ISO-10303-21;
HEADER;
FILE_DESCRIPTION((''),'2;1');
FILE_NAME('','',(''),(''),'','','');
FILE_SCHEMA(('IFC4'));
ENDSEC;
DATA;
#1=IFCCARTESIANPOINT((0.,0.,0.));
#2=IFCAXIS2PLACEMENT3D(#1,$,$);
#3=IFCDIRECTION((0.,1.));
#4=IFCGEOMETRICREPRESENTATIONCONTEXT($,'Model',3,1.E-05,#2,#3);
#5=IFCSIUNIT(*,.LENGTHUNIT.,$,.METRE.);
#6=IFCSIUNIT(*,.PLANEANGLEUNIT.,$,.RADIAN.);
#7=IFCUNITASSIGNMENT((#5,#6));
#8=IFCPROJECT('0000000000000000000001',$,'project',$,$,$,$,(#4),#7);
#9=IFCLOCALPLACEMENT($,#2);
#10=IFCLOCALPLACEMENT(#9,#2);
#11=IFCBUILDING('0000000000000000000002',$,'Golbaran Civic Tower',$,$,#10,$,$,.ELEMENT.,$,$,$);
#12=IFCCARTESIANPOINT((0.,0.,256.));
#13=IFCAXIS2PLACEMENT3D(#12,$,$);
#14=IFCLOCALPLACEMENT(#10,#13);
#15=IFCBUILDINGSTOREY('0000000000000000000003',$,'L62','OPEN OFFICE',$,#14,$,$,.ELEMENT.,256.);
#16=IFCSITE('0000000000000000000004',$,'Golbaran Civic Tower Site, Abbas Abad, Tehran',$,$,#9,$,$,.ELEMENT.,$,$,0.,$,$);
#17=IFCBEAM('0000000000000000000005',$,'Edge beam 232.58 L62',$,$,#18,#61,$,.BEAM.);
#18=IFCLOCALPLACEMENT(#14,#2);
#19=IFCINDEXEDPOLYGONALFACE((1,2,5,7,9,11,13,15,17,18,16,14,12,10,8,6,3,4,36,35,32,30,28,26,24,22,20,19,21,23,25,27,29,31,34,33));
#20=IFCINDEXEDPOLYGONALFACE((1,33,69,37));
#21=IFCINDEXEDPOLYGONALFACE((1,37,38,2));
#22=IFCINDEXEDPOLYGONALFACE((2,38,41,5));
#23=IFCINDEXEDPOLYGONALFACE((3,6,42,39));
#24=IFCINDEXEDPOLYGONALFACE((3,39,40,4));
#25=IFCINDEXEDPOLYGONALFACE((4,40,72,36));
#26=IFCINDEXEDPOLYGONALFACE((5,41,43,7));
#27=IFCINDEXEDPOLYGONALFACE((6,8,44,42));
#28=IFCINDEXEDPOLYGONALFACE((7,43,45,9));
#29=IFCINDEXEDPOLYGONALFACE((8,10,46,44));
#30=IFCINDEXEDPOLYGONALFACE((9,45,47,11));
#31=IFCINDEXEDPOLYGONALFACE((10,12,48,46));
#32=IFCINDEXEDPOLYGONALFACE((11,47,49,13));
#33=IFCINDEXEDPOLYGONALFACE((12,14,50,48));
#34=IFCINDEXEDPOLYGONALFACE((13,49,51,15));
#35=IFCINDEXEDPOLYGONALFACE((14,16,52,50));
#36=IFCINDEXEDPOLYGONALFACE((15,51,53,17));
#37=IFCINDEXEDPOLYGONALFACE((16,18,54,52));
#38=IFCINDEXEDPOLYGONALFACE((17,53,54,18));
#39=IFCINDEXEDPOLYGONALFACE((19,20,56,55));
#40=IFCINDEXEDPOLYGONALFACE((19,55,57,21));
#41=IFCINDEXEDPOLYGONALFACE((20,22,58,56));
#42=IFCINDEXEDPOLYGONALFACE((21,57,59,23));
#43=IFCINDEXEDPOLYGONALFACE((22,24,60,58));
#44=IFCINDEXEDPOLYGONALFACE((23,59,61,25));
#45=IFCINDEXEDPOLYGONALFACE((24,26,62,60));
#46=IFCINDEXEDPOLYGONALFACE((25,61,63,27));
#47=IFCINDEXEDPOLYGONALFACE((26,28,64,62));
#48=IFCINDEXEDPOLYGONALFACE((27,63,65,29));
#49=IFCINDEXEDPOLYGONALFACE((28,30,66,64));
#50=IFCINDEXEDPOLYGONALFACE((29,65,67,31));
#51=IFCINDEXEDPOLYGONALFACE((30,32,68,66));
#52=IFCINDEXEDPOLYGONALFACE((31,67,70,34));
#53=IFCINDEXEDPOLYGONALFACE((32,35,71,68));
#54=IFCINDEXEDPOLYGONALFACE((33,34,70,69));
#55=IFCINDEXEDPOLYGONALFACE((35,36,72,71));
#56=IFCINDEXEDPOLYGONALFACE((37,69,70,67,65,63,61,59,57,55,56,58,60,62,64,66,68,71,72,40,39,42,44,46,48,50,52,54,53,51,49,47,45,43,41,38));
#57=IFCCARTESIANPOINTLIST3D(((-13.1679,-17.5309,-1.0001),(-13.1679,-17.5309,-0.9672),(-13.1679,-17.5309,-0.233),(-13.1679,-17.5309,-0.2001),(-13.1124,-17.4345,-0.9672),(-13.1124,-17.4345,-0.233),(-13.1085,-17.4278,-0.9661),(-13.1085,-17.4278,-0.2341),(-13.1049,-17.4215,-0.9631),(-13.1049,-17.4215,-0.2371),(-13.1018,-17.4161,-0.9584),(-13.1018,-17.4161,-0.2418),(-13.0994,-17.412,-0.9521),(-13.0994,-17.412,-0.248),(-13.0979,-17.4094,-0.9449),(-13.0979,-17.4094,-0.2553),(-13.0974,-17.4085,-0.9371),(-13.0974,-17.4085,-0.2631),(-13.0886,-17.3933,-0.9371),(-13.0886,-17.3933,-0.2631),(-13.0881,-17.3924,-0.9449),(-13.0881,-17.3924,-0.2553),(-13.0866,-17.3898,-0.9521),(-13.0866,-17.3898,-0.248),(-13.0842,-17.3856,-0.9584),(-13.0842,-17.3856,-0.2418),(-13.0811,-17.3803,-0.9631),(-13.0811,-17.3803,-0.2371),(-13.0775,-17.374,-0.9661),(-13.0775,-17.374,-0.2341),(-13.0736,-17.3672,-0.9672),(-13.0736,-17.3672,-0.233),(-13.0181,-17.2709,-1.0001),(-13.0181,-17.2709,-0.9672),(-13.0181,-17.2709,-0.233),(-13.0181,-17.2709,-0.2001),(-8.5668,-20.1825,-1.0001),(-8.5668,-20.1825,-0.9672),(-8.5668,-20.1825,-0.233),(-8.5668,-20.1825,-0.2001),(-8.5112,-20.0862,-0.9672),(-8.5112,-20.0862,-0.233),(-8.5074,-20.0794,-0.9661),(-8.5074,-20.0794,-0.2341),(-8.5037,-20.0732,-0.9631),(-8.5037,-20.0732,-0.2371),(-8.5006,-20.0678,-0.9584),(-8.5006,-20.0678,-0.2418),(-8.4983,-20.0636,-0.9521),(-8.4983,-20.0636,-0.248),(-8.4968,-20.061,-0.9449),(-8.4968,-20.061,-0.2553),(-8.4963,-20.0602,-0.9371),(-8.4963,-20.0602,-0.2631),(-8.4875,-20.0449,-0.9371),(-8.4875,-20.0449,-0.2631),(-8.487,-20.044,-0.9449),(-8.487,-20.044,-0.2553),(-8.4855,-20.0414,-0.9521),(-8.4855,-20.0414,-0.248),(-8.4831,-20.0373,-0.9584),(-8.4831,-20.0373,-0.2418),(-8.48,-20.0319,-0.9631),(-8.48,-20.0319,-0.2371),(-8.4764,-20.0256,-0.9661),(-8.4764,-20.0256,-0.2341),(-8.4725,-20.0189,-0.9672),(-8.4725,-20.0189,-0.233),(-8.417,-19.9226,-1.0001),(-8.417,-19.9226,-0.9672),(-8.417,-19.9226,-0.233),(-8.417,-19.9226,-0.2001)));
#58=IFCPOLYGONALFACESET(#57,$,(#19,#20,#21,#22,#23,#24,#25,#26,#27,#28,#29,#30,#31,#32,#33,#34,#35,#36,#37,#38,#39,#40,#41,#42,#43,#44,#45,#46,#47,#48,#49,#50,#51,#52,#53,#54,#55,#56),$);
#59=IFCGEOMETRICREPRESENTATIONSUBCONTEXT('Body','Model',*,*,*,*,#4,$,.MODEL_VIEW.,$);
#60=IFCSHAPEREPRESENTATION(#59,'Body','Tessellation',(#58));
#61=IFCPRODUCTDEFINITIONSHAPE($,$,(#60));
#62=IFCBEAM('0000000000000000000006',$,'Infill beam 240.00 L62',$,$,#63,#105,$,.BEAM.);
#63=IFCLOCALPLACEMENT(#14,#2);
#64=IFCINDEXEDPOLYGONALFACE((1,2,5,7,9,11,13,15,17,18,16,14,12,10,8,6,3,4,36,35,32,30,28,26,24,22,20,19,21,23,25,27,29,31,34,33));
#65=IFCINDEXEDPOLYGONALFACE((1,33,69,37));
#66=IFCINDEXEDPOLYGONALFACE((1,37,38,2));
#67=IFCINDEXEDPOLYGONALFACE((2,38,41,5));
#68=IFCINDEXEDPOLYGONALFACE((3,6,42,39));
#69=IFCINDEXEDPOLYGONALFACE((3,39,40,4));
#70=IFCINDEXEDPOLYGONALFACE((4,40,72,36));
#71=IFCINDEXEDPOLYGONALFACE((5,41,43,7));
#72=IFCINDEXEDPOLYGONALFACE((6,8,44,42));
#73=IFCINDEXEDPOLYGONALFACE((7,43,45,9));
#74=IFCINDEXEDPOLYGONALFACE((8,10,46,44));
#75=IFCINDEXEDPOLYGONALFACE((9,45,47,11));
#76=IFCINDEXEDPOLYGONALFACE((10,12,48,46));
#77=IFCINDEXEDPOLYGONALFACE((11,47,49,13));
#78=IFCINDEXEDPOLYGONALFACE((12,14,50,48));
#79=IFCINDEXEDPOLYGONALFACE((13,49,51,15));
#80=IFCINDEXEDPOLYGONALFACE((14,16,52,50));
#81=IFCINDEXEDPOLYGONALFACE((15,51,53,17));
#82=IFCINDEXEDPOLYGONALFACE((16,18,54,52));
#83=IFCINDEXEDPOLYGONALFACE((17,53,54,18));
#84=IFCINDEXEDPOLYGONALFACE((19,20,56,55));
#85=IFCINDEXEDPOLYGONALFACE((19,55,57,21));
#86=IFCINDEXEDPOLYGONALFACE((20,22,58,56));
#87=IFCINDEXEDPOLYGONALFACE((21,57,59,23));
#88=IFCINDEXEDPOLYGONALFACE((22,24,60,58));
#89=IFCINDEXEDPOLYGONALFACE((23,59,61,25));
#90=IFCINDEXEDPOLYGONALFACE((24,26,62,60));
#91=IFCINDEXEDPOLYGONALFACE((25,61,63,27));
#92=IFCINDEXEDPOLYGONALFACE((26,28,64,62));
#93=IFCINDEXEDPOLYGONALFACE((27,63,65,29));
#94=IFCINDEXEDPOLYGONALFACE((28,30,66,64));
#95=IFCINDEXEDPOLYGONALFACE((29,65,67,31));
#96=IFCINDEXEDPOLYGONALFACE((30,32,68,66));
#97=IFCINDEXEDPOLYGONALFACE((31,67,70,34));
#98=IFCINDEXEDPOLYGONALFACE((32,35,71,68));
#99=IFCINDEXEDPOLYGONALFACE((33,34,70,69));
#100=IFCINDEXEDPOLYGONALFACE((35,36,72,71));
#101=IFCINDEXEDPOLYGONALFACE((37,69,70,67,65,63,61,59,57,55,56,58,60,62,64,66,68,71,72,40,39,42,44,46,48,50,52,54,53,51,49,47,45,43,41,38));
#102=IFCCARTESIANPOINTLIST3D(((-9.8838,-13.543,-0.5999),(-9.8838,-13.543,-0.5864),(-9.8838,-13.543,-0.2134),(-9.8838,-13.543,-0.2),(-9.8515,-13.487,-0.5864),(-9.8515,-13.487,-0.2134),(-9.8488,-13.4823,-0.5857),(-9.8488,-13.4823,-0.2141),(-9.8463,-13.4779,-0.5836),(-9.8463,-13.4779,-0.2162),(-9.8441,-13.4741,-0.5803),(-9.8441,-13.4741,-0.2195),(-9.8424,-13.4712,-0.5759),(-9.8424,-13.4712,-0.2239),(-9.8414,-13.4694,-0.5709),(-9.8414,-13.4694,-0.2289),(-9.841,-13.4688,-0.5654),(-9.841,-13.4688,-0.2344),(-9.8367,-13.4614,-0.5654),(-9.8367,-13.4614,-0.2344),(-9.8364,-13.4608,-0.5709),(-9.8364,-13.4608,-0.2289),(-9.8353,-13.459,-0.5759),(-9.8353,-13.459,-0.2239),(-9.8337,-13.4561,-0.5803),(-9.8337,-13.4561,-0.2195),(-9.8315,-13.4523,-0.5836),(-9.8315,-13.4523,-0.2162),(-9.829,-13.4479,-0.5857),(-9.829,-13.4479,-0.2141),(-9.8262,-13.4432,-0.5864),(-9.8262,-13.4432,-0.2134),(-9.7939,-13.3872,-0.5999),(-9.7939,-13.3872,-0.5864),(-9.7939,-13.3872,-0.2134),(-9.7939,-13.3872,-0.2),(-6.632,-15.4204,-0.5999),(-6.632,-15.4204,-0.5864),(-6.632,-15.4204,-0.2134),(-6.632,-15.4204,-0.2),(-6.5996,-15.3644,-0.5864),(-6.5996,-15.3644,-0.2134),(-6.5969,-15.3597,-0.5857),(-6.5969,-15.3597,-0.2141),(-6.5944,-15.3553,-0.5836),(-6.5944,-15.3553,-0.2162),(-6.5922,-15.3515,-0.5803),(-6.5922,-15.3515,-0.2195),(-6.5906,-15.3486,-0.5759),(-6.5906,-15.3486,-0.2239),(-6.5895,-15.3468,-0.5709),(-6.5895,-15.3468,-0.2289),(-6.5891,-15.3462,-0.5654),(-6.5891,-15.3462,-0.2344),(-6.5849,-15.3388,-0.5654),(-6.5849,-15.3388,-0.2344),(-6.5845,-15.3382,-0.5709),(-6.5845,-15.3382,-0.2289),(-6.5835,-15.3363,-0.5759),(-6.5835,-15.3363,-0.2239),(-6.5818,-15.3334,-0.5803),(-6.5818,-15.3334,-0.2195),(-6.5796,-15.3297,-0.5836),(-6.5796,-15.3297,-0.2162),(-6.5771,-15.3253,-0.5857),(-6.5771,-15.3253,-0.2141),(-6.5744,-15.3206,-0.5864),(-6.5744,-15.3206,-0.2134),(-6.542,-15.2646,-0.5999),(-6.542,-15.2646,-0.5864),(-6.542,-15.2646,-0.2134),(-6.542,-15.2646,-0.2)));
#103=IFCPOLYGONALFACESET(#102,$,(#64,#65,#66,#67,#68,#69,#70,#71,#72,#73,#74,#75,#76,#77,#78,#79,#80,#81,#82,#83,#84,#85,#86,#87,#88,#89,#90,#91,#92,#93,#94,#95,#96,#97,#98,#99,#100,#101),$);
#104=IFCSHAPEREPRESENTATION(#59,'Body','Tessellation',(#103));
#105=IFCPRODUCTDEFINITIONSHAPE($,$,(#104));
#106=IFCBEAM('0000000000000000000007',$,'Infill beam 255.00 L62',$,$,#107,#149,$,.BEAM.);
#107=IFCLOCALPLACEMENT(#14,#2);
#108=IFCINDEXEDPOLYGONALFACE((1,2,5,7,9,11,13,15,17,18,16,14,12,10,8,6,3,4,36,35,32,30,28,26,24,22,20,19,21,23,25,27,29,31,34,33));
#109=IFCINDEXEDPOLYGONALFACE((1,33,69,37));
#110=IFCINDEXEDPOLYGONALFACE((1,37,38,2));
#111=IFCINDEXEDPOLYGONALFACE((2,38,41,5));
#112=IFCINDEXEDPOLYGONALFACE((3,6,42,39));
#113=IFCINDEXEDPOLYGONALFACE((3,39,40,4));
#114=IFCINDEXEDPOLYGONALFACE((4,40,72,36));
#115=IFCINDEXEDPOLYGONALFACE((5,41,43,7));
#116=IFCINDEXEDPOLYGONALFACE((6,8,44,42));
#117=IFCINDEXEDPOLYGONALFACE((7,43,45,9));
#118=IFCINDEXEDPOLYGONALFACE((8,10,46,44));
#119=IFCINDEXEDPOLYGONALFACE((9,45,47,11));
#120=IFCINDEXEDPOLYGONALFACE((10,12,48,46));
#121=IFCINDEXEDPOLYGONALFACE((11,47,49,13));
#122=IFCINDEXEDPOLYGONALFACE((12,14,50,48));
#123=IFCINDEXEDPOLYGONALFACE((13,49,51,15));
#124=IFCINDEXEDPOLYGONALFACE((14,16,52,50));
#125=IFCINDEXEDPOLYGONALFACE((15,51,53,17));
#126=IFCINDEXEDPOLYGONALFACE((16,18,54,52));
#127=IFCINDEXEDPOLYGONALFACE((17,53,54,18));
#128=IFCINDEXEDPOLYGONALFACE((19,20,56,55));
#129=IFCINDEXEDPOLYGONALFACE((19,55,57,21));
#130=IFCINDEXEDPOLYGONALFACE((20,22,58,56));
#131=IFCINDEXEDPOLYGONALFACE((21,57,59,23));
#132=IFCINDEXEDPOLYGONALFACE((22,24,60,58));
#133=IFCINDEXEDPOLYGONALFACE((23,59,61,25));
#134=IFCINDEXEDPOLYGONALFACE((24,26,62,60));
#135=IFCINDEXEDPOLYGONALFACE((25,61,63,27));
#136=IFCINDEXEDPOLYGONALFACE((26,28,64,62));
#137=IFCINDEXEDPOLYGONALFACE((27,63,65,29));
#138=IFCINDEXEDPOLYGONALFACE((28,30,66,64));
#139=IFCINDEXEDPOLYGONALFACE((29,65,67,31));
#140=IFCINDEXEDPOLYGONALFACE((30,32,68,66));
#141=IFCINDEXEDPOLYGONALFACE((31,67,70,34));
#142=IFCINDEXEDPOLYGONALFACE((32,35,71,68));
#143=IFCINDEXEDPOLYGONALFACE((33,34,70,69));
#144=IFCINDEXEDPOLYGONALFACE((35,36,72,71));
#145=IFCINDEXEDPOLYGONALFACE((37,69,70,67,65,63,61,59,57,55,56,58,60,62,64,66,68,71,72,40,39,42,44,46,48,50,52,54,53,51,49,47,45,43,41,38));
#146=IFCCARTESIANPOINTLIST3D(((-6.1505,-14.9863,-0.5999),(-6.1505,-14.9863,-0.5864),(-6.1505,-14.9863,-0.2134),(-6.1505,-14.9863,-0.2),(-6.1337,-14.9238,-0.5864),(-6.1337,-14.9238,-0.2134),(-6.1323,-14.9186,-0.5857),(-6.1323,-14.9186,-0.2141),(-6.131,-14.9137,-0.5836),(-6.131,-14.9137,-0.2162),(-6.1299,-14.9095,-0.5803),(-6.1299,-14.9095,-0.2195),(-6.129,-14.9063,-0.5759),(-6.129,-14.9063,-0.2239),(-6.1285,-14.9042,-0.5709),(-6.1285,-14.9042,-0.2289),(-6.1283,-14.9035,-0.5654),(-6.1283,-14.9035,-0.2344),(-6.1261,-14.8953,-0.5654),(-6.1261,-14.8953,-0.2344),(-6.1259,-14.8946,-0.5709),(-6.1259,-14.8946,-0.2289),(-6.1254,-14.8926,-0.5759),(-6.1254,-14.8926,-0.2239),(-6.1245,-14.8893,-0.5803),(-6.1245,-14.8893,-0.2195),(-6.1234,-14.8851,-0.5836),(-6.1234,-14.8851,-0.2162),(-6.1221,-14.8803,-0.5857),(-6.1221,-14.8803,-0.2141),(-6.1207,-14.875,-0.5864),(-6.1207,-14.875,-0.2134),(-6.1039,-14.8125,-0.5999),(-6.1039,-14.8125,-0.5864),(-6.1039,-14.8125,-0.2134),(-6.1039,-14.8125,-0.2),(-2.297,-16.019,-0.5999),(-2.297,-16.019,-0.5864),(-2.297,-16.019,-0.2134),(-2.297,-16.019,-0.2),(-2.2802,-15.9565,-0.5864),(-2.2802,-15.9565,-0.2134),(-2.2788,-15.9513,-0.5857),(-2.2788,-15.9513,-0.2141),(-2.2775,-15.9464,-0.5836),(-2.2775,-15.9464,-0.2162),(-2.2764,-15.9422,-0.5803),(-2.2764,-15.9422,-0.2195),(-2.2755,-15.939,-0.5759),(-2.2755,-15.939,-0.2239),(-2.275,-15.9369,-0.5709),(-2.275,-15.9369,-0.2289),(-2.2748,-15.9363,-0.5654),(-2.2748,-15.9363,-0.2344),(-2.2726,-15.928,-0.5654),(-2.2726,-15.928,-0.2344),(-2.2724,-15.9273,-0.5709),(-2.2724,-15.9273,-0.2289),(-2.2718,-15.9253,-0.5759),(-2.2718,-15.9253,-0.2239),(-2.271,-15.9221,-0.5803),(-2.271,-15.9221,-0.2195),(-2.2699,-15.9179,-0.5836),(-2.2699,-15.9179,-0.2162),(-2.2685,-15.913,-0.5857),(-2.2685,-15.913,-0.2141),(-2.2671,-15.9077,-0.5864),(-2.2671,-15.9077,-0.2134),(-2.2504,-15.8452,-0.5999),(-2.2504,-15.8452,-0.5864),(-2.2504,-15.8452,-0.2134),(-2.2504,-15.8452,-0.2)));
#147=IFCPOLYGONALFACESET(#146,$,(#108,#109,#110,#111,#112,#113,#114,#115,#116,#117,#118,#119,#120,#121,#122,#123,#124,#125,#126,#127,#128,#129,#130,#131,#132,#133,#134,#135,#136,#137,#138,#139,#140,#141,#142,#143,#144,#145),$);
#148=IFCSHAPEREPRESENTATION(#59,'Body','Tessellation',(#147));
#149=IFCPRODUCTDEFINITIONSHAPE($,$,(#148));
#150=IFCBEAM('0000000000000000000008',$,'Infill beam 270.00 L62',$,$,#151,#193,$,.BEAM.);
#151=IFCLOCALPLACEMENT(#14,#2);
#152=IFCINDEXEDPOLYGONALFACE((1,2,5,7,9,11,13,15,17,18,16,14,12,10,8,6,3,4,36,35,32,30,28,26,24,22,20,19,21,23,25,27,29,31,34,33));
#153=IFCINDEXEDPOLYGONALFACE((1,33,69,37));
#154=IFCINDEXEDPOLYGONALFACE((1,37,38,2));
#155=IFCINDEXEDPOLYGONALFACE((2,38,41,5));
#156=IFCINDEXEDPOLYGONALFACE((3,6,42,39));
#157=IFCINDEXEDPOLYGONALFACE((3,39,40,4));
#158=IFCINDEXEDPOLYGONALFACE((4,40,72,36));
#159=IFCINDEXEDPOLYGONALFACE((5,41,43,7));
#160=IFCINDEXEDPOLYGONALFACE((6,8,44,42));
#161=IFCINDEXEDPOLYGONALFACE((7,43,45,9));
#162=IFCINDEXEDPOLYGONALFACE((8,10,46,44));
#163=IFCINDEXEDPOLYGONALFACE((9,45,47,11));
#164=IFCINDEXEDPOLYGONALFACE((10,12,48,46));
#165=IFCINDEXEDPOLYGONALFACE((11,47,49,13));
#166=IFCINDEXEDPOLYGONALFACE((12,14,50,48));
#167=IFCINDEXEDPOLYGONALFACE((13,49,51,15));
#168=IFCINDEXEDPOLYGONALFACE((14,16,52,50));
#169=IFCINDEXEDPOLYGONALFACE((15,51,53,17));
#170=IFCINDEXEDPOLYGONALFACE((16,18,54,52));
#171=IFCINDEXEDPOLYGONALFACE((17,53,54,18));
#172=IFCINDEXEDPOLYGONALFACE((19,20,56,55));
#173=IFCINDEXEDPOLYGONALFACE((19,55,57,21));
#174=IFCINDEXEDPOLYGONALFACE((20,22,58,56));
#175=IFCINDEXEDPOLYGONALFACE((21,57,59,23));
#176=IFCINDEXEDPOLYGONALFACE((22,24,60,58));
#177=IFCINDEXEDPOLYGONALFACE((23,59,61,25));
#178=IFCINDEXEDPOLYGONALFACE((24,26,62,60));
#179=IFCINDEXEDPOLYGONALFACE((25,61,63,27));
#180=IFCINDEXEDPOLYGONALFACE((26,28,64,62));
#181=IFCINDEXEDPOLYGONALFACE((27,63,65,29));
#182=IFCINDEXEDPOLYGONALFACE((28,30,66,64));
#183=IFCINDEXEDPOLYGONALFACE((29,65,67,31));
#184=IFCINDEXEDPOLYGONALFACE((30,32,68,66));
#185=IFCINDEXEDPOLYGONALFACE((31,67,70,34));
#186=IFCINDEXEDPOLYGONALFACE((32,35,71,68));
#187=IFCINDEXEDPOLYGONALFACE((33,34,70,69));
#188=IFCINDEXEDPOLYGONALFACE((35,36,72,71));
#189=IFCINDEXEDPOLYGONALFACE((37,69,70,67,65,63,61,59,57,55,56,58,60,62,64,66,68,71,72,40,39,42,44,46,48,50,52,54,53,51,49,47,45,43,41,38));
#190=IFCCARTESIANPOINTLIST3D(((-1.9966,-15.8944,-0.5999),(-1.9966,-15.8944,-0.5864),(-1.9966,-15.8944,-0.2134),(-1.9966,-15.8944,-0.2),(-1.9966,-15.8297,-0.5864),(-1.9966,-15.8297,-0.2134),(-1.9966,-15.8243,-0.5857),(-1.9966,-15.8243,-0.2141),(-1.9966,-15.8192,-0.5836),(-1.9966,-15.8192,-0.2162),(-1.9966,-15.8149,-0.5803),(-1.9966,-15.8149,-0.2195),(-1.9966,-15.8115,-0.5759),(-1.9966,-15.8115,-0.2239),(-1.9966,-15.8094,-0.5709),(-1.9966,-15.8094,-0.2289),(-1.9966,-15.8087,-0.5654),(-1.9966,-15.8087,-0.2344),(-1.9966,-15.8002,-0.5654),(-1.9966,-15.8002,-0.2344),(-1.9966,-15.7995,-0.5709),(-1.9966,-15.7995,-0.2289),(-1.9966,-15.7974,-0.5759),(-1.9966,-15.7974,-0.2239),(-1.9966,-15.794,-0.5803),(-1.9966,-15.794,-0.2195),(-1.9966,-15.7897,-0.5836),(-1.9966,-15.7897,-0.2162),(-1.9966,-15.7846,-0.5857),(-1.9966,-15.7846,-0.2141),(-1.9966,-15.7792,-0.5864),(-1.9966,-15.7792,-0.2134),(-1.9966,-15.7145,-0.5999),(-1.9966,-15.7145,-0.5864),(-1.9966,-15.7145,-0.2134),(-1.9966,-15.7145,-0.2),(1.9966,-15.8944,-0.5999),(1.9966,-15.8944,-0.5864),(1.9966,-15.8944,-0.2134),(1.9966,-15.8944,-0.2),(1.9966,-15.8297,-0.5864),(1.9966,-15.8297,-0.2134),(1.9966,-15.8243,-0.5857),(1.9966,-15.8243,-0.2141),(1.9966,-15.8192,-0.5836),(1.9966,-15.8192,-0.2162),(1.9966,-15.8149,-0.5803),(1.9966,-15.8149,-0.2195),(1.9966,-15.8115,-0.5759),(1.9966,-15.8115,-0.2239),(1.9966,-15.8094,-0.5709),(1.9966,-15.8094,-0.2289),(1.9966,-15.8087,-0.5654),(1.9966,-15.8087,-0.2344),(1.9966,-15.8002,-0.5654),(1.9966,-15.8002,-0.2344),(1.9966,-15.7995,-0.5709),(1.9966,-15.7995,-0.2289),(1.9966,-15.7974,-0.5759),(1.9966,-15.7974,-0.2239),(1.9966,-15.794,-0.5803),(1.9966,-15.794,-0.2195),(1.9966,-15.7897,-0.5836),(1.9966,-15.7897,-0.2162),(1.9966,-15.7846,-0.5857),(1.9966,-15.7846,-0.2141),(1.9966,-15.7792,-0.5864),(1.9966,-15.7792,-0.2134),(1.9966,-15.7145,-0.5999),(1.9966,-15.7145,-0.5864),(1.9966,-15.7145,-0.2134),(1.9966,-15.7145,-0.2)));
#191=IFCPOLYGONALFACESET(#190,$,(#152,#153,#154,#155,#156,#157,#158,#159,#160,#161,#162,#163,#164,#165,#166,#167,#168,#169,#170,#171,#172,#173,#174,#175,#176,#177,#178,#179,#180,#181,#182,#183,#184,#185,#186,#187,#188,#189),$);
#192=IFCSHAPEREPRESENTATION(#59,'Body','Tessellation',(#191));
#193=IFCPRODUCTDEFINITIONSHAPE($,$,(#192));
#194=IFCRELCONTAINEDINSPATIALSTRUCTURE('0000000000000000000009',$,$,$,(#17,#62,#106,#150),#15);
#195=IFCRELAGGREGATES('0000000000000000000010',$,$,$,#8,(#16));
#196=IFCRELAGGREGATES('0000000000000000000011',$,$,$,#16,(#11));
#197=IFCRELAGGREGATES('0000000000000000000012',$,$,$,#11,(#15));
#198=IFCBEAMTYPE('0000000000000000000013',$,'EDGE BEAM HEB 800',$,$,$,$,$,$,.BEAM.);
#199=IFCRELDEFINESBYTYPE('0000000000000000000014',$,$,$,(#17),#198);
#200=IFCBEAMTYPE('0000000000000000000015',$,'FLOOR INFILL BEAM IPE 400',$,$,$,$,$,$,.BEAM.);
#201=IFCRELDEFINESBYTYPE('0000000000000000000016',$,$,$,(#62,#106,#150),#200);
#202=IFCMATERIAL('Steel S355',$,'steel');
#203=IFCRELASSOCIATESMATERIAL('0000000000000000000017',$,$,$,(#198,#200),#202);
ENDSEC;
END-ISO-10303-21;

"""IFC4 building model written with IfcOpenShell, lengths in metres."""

from ifc_helpers import new_model, si_unit, direction, frame, origin, origin_2d, place, context, subcontext, project, spatial, i_section, extrude, material, material_profile, profile_set, type_object, element, save


model = new_model("IFC4")

# Units and contexts
model_context = context("Model", 3, precision=1e-05, world=origin(), true_north=direction((0.0, 1.0)))
body_context = subcontext(model_context, "Body", "Model", "MODEL_VIEW")
ifc_project = project(units=[si_unit("LENGTHUNIT", "METRE"), si_unit("PLANEANGLEUNIT", "RADIAN")], contexts=[model_context])

# Site, building, storey
site_placement = place(None, origin())
site = spatial("IfcSite", under=ifc_project, at=site_placement, Name="Golbaran Civic Tower Site, Abbas Abad, Tehran", CompositionType="ELEMENT", RefElevation=0.0)
building_placement = place(site_placement, origin())
building = spatial("IfcBuilding", under=site, at=building_placement, Name="Golbaran Civic Tower", CompositionType="ELEMENT")
storey_placement = place(building_placement, frame((0.0, 0.0, 256.0)))
storey = spatial("IfcBuildingStorey", under=building, at=storey_placement, Name="L62", Description="OPEN OFFICE", CompositionType="ELEMENT", Elevation=256.0)

# Beams
ifc_material_1 = material(Name="Steel S355", Category="steel")
ifc_material_profile_1 = material_profile(ifc_material_1, i_section(OverallWidth=0.3, OverallDepth=0.8, WebThickness=0.0176, FlangeThickness=0.033, FilletRadius=0.03, at=origin_2d()), Name="HEB 800")
ifc_profile_set_1 = profile_set([ifc_material_profile_1], Name="Steel S355")
beam_type_1 = type_object("IfcBeamType", Name="EDGE BEAM HEB 800", PredefinedType="BEAM", material=ifc_profile_set_1)
beam_1_placement = place(storey_placement, frame((-13.093, -17.4009, -0.6001), z_axis=(0.866418, -0.499319, 0.0), x_axis=(0.499319, 0.866418, 0.0)))
element("IfcBeam", 1, at=beam_1_placement, inside=storey, type_object=beam_type_1, Name="Edge beam 232.58 L62", PredefinedType="BEAM", context=body_context, shape_type="SweptSolid", body=[
    extrude(i_section(OverallWidth=0.3, OverallDepth=0.8, WebThickness=0.0176, FlangeThickness=0.033, FilletRadius=0.03, at=origin_2d()), origin(), (0.0, 0.0, 1.0), 5.3105),
])
ifc_material_profile_2 = material_profile(ifc_material_1, i_section(OverallWidth=0.1799, OverallDepth=0.3999, WebThickness=0.0085, FlangeThickness=0.0134, FilletRadius=0.021, at=origin_2d()), Name="IPE 400")
ifc_profile_set_2 = profile_set([ifc_material_profile_2], Name="Steel S355")
beam_type_2 = type_object("IfcBeamType", Name="FLOOR INFILL BEAM IPE 400", PredefinedType="BEAM", material=ifc_profile_set_2)
beam_2_placement = place(storey_placement, frame((-9.8389, -13.4651, -0.3999), z_axis=(0.866034, -0.499985, 0.0), x_axis=(0.499985, 0.866034, 0.0)))
element("IfcBeam", 2, at=beam_2_placement, inside=storey, type_object=beam_type_2, Name="Infill beam 240.00 L62", PredefinedType="BEAM", context=body_context, shape_type="SweptSolid", body=[
    extrude(i_section(OverallWidth=0.1799, OverallDepth=0.3999, WebThickness=0.0085, FlangeThickness=0.0134, FilletRadius=0.021, at=origin_2d()), origin(), (0.0, 0.0, 1.0), 3.7549),
])
beam_3_placement = place(storey_placement, frame((-6.1272, -14.8994, -0.3999), z_axis=(0.965915, -0.258858, 0.0), x_axis=(0.258858, 0.965915, 0.0)))
element("IfcBeam", 3, at=beam_3_placement, inside=storey, type_object=beam_type_2, Name="Infill beam 255.00 L62", PredefinedType="BEAM", context=body_context, shape_type="SweptSolid", body=[
    extrude(i_section(OverallWidth=0.1799, OverallDepth=0.3999, WebThickness=0.0085, FlangeThickness=0.0134, FilletRadius=0.021, at=origin_2d()), origin(), (0.0, 0.0, 1.0), 3.9895),
])
beam_4_placement = place(storey_placement, frame((-1.9966, -15.8044, -0.3999), z_axis=(1.0, 0.0, 0.0), x_axis=(0.0, 1.0, 0.0)))
element("IfcBeam", 4, at=beam_4_placement, inside=storey, type_object=beam_type_2, Name="Infill beam 270.00 L62", PredefinedType="BEAM", context=body_context, shape_type="SweptSolid", body=[
    extrude(i_section(OverallWidth=0.1799, OverallDepth=0.3999, WebThickness=0.0085, FlangeThickness=0.0134, FilletRadius=0.021, at=origin_2d()), origin(), (0.0, 0.0, 1.0), 3.9932),
])

save(model, "model.ifc")
